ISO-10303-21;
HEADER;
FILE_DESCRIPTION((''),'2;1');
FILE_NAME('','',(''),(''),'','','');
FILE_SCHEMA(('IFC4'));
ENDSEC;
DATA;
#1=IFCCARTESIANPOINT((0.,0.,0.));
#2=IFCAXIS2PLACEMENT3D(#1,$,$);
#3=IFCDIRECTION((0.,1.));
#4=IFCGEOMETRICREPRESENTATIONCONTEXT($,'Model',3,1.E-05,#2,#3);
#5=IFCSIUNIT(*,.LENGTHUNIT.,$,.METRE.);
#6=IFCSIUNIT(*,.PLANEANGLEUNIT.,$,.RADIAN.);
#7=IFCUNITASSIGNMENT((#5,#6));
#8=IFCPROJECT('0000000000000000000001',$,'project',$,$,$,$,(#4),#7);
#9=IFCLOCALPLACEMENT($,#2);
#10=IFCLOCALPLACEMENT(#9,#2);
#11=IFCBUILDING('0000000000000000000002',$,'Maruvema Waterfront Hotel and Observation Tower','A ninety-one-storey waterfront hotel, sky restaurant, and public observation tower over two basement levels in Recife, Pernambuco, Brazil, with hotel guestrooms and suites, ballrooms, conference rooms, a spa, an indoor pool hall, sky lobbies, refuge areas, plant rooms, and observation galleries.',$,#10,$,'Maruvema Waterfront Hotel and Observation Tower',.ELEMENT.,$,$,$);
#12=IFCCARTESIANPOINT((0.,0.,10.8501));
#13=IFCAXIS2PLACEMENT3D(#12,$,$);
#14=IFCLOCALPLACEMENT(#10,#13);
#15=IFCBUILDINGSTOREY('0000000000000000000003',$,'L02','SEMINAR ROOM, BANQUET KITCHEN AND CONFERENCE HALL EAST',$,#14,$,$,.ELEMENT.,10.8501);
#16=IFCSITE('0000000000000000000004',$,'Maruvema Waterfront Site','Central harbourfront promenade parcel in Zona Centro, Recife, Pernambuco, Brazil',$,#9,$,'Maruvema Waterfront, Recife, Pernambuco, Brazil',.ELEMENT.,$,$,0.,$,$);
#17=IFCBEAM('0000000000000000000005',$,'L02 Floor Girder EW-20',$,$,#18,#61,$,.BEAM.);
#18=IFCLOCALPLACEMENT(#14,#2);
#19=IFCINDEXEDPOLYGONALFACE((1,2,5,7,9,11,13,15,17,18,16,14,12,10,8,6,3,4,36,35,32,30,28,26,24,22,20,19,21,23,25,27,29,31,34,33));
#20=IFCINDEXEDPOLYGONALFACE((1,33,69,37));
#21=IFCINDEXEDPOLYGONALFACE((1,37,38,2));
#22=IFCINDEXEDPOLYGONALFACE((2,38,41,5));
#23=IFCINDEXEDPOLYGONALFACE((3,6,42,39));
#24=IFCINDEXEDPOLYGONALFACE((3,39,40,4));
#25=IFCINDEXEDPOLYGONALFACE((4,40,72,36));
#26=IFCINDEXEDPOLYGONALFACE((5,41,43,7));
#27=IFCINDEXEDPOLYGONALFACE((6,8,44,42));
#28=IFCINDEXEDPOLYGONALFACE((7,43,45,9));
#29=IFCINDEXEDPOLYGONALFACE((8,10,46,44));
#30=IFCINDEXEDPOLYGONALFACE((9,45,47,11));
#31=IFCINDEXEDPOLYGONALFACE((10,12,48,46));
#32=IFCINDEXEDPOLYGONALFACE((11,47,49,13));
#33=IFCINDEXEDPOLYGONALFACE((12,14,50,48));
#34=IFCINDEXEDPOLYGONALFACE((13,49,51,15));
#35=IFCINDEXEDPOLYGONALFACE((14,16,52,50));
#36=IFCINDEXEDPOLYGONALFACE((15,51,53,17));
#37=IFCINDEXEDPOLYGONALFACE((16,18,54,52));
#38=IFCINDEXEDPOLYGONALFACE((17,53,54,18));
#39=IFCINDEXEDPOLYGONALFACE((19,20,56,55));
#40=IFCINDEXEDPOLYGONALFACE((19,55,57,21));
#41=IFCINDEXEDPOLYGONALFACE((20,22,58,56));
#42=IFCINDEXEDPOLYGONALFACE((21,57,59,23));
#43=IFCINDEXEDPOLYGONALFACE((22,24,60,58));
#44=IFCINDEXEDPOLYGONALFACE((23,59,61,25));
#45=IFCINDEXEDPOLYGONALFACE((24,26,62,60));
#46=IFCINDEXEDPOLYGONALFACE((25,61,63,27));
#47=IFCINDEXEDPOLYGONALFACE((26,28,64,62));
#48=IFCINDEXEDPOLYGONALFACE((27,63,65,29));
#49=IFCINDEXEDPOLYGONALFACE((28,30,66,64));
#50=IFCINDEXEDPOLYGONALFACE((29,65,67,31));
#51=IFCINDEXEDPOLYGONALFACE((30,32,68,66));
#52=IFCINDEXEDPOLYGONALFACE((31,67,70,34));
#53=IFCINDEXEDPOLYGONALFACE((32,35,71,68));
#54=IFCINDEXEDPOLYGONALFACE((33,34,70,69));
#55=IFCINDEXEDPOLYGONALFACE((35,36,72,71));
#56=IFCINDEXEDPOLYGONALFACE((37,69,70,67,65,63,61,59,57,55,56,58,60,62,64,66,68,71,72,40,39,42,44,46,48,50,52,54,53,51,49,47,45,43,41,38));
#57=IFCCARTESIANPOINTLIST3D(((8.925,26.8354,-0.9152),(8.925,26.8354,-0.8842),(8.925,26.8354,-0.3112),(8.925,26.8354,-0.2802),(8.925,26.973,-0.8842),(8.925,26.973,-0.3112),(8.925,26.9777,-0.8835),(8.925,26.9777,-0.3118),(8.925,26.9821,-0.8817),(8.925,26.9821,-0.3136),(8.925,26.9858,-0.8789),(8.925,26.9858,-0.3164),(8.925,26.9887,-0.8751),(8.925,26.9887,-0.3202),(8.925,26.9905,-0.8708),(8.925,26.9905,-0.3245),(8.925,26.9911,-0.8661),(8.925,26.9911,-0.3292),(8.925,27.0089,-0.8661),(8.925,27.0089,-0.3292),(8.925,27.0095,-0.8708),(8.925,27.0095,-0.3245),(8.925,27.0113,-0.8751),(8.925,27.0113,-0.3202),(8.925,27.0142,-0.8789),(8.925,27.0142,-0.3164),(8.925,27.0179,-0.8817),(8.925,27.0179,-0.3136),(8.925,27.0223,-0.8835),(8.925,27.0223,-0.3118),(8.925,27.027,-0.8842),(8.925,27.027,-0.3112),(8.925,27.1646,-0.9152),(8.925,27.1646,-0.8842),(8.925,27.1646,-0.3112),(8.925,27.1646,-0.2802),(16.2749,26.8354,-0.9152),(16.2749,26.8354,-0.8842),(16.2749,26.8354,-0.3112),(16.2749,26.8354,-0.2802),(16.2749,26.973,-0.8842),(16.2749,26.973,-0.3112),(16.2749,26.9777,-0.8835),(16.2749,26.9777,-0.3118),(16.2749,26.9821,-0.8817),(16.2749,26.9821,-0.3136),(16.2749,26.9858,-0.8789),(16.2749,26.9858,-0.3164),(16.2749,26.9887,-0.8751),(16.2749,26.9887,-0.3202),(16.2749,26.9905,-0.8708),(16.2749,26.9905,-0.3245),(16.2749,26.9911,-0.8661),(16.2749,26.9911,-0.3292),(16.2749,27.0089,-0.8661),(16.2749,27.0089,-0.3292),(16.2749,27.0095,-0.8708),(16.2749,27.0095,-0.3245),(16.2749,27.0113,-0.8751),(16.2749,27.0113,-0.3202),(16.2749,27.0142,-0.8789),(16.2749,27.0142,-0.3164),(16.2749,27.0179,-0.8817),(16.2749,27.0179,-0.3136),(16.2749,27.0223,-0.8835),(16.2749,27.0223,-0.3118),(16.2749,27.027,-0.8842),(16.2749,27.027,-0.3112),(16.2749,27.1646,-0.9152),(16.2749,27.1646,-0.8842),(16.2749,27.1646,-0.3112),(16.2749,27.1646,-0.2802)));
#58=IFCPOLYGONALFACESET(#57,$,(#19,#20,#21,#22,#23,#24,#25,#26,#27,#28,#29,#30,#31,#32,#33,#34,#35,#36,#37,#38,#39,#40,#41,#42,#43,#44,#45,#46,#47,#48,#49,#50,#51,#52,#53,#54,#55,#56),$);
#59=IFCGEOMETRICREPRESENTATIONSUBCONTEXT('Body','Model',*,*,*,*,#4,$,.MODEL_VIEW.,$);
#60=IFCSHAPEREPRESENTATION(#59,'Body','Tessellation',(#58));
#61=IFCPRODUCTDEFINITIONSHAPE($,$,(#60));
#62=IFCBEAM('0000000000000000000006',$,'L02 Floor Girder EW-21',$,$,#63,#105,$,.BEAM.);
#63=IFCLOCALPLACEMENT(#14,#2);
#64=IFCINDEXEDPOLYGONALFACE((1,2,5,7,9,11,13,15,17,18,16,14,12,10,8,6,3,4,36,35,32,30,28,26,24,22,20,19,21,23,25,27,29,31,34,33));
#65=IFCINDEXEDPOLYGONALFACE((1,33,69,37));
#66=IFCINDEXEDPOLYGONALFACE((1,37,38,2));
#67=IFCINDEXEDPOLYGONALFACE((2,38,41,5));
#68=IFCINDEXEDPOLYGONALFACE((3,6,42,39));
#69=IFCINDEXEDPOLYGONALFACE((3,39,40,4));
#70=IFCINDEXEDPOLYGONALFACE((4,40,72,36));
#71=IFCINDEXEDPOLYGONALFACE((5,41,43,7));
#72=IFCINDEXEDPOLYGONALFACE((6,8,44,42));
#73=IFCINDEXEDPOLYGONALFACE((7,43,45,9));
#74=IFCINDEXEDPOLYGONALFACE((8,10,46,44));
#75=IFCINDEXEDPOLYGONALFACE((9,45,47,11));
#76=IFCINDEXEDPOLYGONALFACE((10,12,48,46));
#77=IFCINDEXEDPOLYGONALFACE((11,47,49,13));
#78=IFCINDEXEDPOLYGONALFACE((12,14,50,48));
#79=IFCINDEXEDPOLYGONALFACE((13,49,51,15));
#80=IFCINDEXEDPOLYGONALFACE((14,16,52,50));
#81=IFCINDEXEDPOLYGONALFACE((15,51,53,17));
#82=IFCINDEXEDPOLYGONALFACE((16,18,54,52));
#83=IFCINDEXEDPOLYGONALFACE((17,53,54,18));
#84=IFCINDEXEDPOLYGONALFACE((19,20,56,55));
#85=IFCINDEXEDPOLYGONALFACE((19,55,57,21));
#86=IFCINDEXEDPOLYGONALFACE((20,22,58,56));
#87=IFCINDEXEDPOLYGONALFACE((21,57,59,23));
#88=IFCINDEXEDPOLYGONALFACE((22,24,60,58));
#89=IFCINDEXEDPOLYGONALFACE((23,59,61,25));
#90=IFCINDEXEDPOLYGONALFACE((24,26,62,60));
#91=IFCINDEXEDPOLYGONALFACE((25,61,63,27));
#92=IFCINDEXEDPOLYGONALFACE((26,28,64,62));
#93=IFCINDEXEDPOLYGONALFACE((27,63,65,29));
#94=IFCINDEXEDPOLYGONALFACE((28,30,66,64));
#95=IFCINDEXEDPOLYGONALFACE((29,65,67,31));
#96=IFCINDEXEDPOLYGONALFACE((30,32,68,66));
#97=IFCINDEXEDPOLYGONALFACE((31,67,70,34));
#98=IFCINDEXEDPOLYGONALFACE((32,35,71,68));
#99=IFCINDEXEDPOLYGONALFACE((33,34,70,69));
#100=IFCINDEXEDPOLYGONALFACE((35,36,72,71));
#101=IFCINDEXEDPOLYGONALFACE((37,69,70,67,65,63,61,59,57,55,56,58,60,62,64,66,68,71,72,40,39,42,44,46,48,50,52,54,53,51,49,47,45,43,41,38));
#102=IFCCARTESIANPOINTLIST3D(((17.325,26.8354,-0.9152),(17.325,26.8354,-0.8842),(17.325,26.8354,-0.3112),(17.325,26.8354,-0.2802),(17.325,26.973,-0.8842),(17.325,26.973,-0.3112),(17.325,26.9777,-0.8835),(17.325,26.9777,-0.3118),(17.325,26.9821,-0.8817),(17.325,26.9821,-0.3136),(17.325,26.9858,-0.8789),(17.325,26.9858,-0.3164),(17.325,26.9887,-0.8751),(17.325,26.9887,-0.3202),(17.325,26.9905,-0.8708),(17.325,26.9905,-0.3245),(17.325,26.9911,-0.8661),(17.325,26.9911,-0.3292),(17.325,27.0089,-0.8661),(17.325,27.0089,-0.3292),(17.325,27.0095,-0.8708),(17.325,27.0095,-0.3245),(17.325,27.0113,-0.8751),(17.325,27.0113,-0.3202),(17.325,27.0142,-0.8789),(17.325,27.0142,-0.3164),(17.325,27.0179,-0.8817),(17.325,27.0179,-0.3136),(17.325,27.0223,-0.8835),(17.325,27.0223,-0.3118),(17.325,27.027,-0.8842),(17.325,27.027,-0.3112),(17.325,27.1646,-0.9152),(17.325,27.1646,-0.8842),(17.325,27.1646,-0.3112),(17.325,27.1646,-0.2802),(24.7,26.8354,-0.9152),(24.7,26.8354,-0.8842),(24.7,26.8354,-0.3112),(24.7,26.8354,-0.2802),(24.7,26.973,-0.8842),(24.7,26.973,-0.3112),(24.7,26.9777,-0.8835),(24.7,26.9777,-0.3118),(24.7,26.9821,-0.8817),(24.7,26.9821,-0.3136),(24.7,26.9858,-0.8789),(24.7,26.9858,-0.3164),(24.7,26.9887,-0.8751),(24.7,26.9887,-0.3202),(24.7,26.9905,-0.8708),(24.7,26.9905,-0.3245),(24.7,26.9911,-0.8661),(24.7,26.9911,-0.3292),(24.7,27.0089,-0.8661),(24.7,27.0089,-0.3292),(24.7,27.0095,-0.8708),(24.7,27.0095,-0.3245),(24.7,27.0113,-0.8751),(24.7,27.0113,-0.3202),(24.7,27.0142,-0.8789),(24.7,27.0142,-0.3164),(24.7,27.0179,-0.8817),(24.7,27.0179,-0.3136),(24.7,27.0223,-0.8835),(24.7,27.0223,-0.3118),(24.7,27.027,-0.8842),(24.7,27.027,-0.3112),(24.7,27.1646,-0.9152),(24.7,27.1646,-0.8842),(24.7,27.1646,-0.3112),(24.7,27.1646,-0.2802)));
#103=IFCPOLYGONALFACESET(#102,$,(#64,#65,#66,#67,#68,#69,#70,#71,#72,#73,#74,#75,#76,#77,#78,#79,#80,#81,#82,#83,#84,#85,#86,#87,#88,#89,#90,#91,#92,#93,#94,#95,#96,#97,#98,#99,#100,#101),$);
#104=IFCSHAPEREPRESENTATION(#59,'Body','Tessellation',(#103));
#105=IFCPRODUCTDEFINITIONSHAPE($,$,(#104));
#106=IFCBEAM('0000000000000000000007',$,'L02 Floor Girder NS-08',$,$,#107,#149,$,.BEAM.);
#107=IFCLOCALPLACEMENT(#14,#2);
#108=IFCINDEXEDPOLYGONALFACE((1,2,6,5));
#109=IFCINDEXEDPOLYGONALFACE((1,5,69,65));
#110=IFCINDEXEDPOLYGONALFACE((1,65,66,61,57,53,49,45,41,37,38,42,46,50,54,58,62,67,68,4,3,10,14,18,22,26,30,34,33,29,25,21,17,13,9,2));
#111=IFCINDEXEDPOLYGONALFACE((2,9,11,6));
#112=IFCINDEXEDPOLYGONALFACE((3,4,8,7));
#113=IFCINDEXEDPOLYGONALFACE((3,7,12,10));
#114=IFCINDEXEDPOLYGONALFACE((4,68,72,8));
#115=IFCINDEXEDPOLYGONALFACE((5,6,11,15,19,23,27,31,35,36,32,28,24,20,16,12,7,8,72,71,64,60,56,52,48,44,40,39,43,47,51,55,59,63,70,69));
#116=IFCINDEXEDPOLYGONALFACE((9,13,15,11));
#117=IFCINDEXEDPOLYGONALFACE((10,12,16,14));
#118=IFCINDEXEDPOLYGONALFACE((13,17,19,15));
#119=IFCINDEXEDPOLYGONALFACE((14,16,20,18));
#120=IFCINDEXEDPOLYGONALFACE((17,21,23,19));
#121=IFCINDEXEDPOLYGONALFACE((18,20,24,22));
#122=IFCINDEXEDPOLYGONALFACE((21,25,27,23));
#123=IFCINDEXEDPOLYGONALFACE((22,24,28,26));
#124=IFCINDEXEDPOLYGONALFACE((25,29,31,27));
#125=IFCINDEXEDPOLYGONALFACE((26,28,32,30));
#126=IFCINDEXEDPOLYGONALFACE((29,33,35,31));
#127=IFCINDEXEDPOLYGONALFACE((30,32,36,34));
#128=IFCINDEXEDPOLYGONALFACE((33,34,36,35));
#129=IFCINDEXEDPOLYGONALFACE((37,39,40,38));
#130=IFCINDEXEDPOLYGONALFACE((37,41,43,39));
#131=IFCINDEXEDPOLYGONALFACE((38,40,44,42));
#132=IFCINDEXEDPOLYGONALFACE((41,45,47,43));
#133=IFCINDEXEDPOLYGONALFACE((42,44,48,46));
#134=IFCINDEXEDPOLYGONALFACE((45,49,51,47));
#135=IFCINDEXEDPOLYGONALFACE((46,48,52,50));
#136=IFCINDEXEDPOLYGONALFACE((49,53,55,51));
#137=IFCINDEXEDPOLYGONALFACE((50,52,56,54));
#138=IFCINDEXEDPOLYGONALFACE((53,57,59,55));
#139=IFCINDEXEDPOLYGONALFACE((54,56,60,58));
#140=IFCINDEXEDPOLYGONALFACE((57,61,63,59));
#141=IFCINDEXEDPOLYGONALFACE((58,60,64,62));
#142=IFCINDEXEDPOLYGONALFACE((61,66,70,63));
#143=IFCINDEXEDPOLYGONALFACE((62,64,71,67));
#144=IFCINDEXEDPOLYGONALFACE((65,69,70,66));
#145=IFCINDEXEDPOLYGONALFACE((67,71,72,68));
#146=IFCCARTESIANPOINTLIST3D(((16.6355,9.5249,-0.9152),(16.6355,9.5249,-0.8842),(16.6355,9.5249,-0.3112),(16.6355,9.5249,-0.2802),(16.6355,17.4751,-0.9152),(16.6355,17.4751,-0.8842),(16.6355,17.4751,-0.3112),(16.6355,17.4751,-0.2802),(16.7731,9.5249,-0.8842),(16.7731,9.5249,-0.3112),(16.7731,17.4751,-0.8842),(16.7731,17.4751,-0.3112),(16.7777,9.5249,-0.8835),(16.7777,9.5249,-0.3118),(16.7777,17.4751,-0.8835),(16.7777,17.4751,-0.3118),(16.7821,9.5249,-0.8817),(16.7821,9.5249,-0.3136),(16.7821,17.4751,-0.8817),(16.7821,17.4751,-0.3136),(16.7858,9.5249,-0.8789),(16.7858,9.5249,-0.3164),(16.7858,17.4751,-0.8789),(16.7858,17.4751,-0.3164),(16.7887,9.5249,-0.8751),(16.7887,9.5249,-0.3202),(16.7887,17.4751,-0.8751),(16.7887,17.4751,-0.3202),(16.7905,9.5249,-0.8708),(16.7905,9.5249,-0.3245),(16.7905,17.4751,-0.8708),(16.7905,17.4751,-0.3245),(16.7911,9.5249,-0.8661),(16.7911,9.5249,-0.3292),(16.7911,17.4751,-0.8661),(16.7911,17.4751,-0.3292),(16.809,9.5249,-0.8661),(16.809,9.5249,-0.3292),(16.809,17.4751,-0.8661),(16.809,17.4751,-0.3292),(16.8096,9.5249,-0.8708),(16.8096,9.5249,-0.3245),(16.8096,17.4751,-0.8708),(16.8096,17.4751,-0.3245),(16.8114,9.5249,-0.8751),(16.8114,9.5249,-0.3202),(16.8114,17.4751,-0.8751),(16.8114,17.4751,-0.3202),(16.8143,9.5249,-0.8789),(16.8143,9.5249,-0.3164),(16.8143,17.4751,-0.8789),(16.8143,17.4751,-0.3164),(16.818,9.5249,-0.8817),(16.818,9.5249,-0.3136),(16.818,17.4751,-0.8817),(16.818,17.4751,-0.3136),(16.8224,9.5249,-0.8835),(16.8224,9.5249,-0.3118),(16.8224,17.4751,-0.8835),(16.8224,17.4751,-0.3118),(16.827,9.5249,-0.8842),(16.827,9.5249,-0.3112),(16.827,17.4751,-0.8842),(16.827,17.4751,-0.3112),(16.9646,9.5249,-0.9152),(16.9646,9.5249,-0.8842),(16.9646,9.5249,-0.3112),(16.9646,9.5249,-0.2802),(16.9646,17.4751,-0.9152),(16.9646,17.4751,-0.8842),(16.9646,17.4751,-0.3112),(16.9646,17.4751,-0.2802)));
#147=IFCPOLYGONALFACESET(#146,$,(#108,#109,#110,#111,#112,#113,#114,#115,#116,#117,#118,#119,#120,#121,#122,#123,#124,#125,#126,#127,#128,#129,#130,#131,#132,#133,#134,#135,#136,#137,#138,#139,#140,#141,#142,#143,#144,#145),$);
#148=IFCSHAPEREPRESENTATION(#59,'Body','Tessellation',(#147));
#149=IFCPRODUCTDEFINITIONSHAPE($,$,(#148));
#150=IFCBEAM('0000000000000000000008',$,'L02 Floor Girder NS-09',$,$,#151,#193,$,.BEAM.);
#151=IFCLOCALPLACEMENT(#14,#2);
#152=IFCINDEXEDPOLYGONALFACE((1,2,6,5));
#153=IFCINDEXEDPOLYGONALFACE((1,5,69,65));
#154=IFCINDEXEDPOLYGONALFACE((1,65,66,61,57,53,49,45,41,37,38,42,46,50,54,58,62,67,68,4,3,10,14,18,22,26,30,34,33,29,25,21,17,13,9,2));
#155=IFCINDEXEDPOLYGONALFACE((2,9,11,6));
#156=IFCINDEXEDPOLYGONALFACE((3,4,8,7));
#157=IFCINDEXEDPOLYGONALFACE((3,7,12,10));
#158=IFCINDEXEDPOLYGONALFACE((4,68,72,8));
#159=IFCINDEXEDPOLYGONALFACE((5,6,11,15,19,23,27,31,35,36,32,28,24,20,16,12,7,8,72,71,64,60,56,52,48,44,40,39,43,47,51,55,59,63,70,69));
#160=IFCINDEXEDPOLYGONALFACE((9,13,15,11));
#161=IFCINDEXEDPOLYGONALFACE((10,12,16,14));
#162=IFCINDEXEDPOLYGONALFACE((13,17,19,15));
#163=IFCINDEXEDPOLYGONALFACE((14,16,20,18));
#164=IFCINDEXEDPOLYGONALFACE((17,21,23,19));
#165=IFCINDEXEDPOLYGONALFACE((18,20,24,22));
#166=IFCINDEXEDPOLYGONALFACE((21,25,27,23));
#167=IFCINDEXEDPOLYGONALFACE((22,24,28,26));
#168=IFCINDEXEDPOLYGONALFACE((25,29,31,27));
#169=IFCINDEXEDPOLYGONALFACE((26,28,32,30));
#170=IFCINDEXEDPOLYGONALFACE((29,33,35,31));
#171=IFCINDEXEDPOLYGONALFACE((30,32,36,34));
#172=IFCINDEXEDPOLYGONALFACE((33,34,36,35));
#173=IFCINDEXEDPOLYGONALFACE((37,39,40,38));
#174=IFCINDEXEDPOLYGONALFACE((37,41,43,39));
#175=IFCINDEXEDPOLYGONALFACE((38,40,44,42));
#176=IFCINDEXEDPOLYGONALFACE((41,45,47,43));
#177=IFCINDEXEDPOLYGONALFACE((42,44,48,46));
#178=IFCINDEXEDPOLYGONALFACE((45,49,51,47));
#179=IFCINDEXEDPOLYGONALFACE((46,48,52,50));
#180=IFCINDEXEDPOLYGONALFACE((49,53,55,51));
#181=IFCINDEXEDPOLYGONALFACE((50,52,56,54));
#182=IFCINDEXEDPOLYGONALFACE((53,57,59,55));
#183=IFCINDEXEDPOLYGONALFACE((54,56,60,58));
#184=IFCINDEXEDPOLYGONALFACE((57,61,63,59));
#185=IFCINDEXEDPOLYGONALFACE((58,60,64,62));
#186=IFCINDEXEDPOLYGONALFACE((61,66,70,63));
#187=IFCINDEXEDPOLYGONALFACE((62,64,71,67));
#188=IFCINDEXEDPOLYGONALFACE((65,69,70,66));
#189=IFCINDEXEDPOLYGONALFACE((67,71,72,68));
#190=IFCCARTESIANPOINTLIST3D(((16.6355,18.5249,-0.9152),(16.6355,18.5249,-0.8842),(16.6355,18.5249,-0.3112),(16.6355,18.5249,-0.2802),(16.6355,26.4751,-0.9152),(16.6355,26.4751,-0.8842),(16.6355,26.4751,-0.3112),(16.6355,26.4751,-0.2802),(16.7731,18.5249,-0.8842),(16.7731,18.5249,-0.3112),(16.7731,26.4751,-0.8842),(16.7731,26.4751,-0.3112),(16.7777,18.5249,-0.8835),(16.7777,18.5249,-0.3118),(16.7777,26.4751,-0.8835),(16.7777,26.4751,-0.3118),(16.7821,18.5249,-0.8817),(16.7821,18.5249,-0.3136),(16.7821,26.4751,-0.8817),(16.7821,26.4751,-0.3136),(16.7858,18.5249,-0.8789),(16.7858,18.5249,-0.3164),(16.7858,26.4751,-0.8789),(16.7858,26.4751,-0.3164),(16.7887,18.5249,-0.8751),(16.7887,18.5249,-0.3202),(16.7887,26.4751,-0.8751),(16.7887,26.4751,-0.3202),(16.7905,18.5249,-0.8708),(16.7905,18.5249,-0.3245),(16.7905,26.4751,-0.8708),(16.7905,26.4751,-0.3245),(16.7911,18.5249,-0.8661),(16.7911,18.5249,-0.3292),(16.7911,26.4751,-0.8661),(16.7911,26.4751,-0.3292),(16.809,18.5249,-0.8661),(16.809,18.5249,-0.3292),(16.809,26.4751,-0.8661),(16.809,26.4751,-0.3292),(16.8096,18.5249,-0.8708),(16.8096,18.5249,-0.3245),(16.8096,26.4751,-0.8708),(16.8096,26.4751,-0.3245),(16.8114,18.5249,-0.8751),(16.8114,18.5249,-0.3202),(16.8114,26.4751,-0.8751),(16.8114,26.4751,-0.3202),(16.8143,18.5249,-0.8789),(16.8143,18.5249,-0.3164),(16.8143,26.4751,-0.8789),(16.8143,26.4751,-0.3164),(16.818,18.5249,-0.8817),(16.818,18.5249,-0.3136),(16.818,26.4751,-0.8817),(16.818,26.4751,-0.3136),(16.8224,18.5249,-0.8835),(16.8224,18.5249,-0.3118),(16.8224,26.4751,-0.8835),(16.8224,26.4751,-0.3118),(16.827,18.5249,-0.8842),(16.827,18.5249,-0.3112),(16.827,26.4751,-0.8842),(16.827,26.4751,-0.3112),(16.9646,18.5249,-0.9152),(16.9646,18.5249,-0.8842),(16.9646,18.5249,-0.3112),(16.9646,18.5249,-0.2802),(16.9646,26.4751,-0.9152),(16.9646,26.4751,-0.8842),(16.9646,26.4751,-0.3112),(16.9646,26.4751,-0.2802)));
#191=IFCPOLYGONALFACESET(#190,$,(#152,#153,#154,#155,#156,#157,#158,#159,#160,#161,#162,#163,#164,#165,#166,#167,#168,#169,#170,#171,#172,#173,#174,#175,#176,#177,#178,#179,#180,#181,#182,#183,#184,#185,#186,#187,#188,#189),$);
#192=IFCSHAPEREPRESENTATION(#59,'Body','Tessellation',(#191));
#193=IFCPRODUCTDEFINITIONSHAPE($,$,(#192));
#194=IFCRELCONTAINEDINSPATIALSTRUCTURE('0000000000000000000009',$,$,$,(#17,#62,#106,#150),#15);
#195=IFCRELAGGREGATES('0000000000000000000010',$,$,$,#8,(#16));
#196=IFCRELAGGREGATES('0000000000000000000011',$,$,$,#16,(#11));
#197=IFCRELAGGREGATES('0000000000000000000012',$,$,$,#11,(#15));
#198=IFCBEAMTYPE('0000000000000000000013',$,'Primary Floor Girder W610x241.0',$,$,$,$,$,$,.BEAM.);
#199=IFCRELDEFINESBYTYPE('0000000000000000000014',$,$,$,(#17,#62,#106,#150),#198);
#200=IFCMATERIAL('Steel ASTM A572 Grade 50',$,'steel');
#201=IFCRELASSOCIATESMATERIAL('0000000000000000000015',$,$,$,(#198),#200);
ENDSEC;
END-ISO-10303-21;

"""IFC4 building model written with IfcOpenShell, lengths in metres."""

from ifc_helpers import new_model, si_unit, direction, frame, origin, origin_2d, place, context, subcontext, project, spatial, i_section, extrude, material, material_profile, profile_set, type_object, element, save


model = new_model("IFC4")

# Units and contexts
model_context = context("Model", 3, precision=1e-05, world=origin(), true_north=direction((0.0, 1.0)))
body_context = subcontext(model_context, "Body", "Model", "MODEL_VIEW")
ifc_project = project(units=[si_unit("LENGTHUNIT", "METRE"), si_unit("PLANEANGLEUNIT", "RADIAN")], contexts=[model_context])

# Site, building, storey
site_placement = place(None, origin())
site = spatial("IfcSite", under=ifc_project, at=site_placement, Name="Maruvema Waterfront Site", Description="Central harbourfront promenade parcel in Zona Centro, Recife, Pernambuco, Brazil", LongName="Maruvema Waterfront, Recife, Pernambuco, Brazil", CompositionType="ELEMENT", RefElevation=0.0)
building_placement = place(site_placement, origin())
building = spatial("IfcBuilding", under=site, at=building_placement, Name="Maruvema Waterfront Hotel and Observation Tower", Description="A ninety-one-storey waterfront hotel, sky restaurant, and public observation tower over two basement levels in Recife, Pernambuco, Brazil, with hotel guestrooms and suites, ballrooms, conference rooms, a spa, an indoor pool hall, sky lobbies, refuge areas, plant rooms, and observation galleries.", LongName="Maruvema Waterfront Hotel and Observation Tower", CompositionType="ELEMENT")
storey_placement = place(building_placement, frame((0.0, 0.0, 10.8501)))
storey = spatial("IfcBuildingStorey", under=building, at=storey_placement, Name="L02", Description="SEMINAR ROOM, BANQUET KITCHEN AND CONFERENCE HALL EAST", CompositionType="ELEMENT", Elevation=10.8501)

# Beams
ifc_material_1 = material(Name="Steel ASTM A572 Grade 50", Category="steel")
ifc_material_profile_1 = material_profile(ifc_material_1, i_section(OverallWidth=0.3291, OverallDepth=0.635, WebThickness=0.0178, FlangeThickness=0.031, FilletRadius=0.0181, at=origin_2d()), Name="W610x241.0")
ifc_profile_set_1 = profile_set([ifc_material_profile_1], Name="Steel ASTM A572 Grade 50")
beam_type_1 = type_object("IfcBeamType", Name="Primary Floor Girder W610x241.0", PredefinedType="BEAM", material=ifc_profile_set_1)
beam_1_placement = place(storey_placement, frame((8.925, 27.0, -0.5977), z_axis=(1.0, 0.0, 0.0), x_axis=(0.0, 1.0, 0.0)))
element("IfcBeam", 1, at=beam_1_placement, inside=storey, type_object=beam_type_1, Name="L02 Floor Girder EW-20", PredefinedType="BEAM", context=body_context, shape_type="SweptSolid", body=[
    extrude(i_section(OverallWidth=0.3291, OverallDepth=0.635, WebThickness=0.0178, FlangeThickness=0.031, FilletRadius=0.0181, at=origin_2d()), origin(), (0.0, 0.0, 1.0), 7.3499),
])
beam_2_placement = place(storey_placement, frame((17.325, 27.0, -0.5977), z_axis=(1.0, 0.0, 0.0), x_axis=(0.0, 1.0, 0.0)))
element("IfcBeam", 2, at=beam_2_placement, inside=storey, type_object=beam_type_1, Name="L02 Floor Girder EW-21", PredefinedType="BEAM", context=body_context, shape_type="SweptSolid", body=[
    extrude(i_section(OverallWidth=0.3291, OverallDepth=0.635, WebThickness=0.0178, FlangeThickness=0.031, FilletRadius=0.0181, at=origin_2d()), origin(), (0.0, 0.0, 1.0), 7.375),
])
for number, where, z_axis, x_axis, name in (
    (3, (16.8, 9.5249, -0.5977), (0.0, 1.0, 0.0), (-1.0, 0.0, 0.0), "L02 Floor Girder NS-08"),
    (4, (16.8, 18.5249, -0.5977), (0.0, 1.0, 0.0), (-1.0, 0.0, 0.0), "L02 Floor Girder NS-09"),
):
    element("IfcBeam", number, at=place(storey_placement, frame(where, z_axis=z_axis, x_axis=x_axis)), inside=storey, type_object=beam_type_1, Name=name, PredefinedType="BEAM", context=body_context, shape_type="SweptSolid", body=[
        extrude(i_section(OverallWidth=0.3291, OverallDepth=0.635, WebThickness=0.0178, FlangeThickness=0.031, FilletRadius=0.0181, at=origin_2d()), origin(), (0.0, 0.0, 1.0), 7.9502),
    ])

save(model, "model.ifc")
